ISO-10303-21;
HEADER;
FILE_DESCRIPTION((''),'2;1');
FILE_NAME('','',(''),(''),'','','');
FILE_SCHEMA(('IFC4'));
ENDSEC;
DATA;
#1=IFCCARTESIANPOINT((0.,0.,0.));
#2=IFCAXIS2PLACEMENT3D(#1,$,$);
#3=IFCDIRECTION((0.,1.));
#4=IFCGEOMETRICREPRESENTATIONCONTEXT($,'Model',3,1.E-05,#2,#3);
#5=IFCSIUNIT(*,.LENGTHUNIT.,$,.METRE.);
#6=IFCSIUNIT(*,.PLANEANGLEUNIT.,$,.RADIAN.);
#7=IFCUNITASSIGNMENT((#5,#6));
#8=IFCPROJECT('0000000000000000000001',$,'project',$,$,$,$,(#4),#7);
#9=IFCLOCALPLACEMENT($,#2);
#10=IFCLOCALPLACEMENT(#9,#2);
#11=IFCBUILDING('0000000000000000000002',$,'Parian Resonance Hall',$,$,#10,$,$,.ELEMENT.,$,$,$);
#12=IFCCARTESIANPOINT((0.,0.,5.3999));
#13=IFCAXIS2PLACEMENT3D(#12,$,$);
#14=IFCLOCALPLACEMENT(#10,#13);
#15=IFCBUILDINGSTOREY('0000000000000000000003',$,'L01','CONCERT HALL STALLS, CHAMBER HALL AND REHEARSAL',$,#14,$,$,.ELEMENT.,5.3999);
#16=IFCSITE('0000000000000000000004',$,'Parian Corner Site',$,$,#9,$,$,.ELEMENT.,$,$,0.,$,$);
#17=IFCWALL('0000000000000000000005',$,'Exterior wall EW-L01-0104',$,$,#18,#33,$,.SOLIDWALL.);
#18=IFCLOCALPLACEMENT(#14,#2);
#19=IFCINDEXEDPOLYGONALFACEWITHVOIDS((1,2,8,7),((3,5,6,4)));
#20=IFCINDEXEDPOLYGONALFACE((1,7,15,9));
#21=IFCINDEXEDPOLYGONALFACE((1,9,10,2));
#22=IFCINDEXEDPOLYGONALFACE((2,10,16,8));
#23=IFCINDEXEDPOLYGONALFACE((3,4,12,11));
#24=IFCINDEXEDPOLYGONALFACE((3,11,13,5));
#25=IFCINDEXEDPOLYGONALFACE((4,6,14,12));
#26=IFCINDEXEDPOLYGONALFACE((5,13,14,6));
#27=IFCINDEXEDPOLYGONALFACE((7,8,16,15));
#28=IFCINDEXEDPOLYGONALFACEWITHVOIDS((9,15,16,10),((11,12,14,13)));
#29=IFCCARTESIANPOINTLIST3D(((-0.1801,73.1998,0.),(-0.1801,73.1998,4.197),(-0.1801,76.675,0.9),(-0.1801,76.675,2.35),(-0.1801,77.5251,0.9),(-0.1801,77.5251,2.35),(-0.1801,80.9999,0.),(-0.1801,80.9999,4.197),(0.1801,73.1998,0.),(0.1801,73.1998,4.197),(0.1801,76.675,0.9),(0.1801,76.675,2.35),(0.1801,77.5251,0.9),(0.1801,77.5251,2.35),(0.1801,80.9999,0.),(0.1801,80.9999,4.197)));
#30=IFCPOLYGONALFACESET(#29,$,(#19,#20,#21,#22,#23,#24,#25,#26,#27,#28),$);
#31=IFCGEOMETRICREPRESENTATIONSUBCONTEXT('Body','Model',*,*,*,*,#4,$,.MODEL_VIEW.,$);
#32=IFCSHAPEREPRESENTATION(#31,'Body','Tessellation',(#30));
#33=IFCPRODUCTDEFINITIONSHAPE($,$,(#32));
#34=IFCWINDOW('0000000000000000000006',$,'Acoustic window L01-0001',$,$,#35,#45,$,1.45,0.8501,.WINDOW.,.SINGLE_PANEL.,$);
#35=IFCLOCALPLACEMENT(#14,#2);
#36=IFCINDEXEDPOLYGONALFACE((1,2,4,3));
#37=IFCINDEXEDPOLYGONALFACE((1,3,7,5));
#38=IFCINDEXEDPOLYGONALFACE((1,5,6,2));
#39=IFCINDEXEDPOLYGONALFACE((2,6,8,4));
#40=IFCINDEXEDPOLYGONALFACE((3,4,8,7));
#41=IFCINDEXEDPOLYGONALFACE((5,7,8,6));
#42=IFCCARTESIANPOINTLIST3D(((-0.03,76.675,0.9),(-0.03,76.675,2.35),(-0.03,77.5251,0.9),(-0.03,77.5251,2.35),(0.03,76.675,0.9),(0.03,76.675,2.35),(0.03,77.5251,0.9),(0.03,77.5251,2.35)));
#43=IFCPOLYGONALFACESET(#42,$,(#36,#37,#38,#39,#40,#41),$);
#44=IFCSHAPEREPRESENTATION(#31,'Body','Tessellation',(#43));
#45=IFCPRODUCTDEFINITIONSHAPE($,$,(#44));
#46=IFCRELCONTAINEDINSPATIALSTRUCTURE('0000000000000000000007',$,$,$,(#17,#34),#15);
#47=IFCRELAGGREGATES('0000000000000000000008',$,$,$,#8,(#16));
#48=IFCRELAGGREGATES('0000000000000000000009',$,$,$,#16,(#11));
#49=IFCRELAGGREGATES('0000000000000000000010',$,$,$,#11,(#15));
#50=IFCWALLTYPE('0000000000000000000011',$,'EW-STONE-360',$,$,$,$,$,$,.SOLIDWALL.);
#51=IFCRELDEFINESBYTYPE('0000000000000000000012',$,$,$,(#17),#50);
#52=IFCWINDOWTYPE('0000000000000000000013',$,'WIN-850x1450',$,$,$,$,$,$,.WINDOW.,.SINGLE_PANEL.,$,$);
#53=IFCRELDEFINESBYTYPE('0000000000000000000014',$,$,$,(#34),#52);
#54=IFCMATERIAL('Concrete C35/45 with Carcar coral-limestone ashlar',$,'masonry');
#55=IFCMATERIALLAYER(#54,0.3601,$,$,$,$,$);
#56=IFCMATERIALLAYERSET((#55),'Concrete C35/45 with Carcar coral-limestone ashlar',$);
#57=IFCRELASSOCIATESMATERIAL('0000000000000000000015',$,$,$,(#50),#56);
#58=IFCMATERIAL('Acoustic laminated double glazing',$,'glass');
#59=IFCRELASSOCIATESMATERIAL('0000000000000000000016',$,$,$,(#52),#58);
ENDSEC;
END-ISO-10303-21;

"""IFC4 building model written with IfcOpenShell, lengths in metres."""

from ifc_helpers import new_model, si_unit, direction, frame, frame_2d, origin, place, context, subcontext, project, spatial, rectangle, extrude, material, layer, layer_set, type_object, element, fill, save


model = new_model("IFC4")

# Units and contexts
model_context = context("Model", 3, precision=1e-05, world=origin(), true_north=direction((0.0, 1.0)))
body_context = subcontext(model_context, "Body", "Model", "MODEL_VIEW")
ifc_project = project(units=[si_unit("LENGTHUNIT", "METRE"), si_unit("PLANEANGLEUNIT", "RADIAN")], contexts=[model_context])

# Site, building, storey
site_placement = place(None, origin())
site = spatial("IfcSite", under=ifc_project, at=site_placement, Name="Parian Corner Site", CompositionType="ELEMENT", RefElevation=0.0)
building_placement = place(site_placement, origin())
building = spatial("IfcBuilding", under=site, at=building_placement, Name="Parian Resonance Hall", CompositionType="ELEMENT")
storey_placement = place(building_placement, frame((0.0, 0.0, 5.3999)))
storey = spatial("IfcBuildingStorey", under=building, at=storey_placement, Name="L01", Description="CONCERT HALL STALLS, CHAMBER HALL AND REHEARSAL", CompositionType="ELEMENT", Elevation=5.3999)

# Wall, opening, window
ifc_material_1 = material(Name="Concrete C35/45 with Carcar coral-limestone ashlar", Category="masonry")
ifc_layer_1 = layer(ifc_material_1, 0.3601)
ifc_layer_set_1 = layer_set([ifc_layer_1], Name="Concrete C35/45 with Carcar coral-limestone ashlar")
wall_type_1 = type_object("IfcWallType", Name="EW-STONE-360", PredefinedType="SOLIDWALL", material=ifc_layer_set_1)
wall_1_placement = place(storey_placement, frame((0.0, 73.2, 0.0), z_axis=(0.0, 0.0, 1.0), x_axis=(0.0, 1.0, 0.0)))
wall_1 = element("IfcWall", 1, at=wall_1_placement, inside=storey, type_object=wall_type_1, Name="Exterior wall EW-L01-0104", PredefinedType="SOLIDWALL", context=body_context, shape_type="SweptSolid", body=[
    extrude(rectangle(XDim=7.8, YDim=0.3601, at=frame_2d((3.8999, 0.0))), origin(), (0.0, 0.0, 1.0), 4.197),
])
opening_1_placement = place(wall_1_placement, frame((3.4751, 0.0, 0.8999)))
opening_1 = element("IfcOpeningElement", 2, at=opening_1_placement, cuts=wall_1, PredefinedType="OPENING", context=body_context, shape_type="SweptSolid", body=[
    extrude(rectangle(XDim=0.8501, YDim=1.45, at=frame_2d((0.425, 0.7251))), frame((0.0, 0.1899, 0.0), z_axis=(0.0, -1.0, 0.0), x_axis=(1.0, 0.0, 0.0)), (0.0, 0.0, 1.0), 0.3801),
])
ifc_material_2 = material(Name="Acoustic laminated double glazing", Category="glass")
window_type_1 = type_object("IfcWindowType", Name="WIN-850x1450", PartitioningType="SINGLE_PANEL", PredefinedType="WINDOW", material=ifc_material_2)
window_1_placement = place(opening_1_placement, origin())
window_1 = element("IfcWindow", 3, at=window_1_placement, inside=storey, type_object=window_type_1, Name="Acoustic window L01-0001", OverallHeight=1.45, OverallWidth=0.8501, PartitioningType="SINGLE_PANEL", PredefinedType="WINDOW", context=body_context, shape_type="SweptSolid", body=[
    extrude(rectangle(XDim=0.8501, YDim=1.45, at=frame_2d((0.425, 0.7251))), frame((0.0, 0.03, 0.0), z_axis=(0.0, -1.0, 0.0), x_axis=(1.0, 0.0, 0.0)), (0.0, 0.0, 1.0), 0.0601),
])
fill(opening_1, window_1)

save(model, "model.ifc")
